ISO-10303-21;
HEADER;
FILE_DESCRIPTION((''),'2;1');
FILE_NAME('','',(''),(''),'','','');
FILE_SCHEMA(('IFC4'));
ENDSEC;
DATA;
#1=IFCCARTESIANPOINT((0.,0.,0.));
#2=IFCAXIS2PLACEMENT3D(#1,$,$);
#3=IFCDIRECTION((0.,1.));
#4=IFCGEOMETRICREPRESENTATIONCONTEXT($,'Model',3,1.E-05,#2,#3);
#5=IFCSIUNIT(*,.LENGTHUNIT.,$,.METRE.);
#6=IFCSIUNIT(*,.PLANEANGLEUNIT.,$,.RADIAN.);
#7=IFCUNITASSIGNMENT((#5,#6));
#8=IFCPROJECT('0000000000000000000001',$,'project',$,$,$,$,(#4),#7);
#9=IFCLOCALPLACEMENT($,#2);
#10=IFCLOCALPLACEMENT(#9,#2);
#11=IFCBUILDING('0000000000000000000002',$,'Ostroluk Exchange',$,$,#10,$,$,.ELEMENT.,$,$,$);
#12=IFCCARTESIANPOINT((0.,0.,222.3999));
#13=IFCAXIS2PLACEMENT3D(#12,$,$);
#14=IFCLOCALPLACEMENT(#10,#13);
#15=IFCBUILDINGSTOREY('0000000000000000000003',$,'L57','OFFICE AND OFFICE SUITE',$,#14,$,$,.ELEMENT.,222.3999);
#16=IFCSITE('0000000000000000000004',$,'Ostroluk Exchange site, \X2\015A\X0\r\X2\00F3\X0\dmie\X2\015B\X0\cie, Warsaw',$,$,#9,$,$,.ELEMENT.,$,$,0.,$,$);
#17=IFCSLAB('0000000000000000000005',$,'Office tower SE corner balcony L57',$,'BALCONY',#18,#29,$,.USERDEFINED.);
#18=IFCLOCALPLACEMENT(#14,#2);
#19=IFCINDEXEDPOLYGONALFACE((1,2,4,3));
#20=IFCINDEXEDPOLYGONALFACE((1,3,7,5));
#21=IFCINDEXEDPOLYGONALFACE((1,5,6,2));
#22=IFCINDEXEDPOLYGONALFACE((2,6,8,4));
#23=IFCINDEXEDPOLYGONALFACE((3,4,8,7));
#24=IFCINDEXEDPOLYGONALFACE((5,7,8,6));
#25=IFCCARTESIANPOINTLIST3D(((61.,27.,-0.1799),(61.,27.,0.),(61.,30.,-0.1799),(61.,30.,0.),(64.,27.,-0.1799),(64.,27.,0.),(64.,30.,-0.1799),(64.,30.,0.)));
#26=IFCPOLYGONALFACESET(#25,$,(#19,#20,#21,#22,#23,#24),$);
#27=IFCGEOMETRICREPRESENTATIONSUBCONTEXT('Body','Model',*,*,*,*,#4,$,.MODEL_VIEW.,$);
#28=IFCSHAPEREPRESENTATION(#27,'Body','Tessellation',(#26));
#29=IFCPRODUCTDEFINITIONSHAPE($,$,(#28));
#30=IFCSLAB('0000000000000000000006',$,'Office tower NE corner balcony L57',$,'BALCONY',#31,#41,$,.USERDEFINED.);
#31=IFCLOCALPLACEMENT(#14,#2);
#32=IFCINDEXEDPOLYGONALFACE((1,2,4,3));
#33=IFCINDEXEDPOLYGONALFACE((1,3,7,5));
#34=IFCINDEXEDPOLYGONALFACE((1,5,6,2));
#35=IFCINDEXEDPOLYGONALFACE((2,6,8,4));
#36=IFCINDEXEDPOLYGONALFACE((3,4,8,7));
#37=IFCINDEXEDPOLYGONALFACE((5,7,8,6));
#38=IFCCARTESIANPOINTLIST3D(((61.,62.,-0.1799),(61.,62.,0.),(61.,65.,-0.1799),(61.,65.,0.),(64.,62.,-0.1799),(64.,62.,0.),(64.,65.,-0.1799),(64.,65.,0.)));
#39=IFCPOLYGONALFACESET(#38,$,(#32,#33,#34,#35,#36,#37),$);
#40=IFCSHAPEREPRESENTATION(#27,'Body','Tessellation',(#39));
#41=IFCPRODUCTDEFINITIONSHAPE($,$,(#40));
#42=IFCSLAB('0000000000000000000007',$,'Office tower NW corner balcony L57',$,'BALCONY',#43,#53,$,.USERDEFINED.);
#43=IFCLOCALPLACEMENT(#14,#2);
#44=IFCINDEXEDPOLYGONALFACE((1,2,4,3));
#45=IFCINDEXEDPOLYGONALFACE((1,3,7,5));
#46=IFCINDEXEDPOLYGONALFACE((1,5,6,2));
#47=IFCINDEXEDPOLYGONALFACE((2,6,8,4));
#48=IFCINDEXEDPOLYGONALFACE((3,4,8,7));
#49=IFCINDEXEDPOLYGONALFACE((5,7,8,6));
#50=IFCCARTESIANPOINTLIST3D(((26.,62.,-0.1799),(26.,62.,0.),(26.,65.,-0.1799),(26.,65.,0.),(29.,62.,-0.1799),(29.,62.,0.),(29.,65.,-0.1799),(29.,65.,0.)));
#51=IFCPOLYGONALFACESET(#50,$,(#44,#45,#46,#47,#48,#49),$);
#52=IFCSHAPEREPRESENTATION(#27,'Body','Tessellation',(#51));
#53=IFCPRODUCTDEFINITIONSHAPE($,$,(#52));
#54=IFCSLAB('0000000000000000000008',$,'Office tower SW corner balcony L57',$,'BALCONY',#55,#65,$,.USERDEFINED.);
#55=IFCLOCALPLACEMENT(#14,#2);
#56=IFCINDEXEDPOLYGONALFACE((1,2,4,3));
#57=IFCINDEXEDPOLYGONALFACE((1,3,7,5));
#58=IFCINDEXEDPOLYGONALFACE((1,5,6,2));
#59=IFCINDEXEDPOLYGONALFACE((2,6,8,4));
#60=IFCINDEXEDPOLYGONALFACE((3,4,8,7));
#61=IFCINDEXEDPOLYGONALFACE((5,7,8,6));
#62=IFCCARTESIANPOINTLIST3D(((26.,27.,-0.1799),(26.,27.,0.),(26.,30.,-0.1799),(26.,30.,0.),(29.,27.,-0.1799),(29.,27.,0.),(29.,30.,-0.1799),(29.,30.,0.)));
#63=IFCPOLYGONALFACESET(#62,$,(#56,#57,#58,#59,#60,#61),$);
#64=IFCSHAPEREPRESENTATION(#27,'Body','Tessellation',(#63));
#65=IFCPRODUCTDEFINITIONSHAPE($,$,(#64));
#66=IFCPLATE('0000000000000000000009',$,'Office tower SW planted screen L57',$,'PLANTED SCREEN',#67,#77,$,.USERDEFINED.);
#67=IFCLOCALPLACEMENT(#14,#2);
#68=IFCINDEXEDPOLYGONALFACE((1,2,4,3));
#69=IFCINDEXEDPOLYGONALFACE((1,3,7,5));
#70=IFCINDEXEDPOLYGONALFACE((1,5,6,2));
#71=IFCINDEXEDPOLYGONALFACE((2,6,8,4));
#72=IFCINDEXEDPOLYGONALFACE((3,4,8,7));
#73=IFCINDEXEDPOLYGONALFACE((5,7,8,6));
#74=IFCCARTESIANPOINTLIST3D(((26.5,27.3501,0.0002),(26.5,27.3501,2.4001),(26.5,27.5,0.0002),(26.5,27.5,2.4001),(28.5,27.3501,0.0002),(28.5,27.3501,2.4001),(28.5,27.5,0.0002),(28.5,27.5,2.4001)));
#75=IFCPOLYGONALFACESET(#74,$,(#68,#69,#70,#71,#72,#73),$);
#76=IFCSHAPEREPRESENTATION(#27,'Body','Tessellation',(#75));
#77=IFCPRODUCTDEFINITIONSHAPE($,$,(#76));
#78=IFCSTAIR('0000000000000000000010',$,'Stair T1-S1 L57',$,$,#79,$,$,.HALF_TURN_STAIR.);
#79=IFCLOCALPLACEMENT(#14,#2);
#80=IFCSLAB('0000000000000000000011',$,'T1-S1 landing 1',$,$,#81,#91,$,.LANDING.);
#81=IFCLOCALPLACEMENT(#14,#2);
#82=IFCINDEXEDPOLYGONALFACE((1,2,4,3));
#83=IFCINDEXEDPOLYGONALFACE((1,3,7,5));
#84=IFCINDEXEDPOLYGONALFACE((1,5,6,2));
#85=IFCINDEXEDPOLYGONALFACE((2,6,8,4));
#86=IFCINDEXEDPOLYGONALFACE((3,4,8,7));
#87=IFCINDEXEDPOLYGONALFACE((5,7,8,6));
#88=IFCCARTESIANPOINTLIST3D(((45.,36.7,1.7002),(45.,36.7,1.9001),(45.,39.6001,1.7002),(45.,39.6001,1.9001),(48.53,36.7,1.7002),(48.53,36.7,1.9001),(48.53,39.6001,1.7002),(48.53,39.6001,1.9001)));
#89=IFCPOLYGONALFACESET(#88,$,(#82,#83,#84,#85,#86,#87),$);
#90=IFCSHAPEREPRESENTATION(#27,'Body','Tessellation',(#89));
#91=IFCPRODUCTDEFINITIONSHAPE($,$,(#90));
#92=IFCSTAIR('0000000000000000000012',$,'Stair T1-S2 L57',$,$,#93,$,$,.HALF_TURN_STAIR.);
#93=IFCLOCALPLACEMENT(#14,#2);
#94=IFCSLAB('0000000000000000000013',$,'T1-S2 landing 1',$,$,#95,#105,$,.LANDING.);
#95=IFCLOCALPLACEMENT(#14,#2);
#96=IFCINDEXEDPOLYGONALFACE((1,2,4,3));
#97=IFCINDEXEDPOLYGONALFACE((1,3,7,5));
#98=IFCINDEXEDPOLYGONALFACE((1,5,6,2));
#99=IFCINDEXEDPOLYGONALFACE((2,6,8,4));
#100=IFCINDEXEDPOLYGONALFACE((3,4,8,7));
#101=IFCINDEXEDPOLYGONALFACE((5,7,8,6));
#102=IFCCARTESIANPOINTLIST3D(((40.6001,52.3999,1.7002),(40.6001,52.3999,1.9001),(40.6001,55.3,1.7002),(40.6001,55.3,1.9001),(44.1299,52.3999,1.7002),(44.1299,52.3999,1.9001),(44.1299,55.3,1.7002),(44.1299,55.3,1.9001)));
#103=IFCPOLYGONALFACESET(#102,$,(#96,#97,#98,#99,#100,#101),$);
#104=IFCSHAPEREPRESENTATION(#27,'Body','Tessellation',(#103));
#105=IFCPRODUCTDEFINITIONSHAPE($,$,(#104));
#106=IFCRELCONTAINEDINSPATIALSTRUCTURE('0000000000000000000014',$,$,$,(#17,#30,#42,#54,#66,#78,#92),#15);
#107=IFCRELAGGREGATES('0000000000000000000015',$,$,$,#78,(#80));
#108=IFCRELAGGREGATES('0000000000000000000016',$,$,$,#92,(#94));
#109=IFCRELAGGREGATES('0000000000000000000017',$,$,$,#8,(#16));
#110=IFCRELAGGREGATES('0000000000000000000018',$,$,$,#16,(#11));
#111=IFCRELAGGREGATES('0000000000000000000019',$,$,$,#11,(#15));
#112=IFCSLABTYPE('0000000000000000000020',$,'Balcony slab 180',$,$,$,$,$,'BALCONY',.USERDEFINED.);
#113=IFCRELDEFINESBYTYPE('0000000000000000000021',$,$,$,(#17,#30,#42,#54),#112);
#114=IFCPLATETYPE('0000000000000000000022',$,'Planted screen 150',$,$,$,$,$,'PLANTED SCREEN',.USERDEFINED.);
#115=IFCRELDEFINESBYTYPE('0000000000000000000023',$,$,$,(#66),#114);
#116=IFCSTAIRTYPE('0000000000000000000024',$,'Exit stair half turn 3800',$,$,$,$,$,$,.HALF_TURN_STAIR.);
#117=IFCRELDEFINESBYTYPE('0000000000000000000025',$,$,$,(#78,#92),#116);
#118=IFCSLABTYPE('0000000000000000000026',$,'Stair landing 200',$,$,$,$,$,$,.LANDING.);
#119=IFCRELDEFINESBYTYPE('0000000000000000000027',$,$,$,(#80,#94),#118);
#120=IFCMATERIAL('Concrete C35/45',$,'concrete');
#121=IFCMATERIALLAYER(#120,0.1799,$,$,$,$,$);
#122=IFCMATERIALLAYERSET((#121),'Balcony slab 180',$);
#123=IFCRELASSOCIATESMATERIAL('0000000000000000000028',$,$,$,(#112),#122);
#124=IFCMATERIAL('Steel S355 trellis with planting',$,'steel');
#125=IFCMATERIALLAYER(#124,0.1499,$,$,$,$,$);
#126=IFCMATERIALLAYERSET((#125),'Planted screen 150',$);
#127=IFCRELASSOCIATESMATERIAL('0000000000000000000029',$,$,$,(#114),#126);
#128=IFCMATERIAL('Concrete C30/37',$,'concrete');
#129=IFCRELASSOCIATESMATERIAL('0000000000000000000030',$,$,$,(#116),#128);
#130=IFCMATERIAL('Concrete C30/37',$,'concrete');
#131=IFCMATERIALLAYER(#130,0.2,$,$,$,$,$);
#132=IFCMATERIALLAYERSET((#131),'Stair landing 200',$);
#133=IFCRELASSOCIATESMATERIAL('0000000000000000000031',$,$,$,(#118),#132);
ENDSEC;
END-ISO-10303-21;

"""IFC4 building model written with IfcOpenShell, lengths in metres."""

from ifc_helpers import new_model, si_unit, direction, frame, origin, origin_2d, place, context, subcontext, project, spatial, polyline, rectangle, outline, extrude, material, layer, layer_set, type_object, element, aggregate, save


model = new_model("IFC4")

# Units and contexts
model_context = context("Model", 3, precision=1e-05, world=origin(), true_north=direction((0.0, 1.0)))
body_context = subcontext(model_context, "Body", "Model", "MODEL_VIEW")
ifc_project = project(units=[si_unit("LENGTHUNIT", "METRE"), si_unit("PLANEANGLEUNIT", "RADIAN")], contexts=[model_context])

# Site, building, storey
site_placement = place(None, origin())
site = spatial("IfcSite", under=ifc_project, at=site_placement, Name="Ostroluk Exchange site, Śródmieście, Warsaw", CompositionType="ELEMENT", RefElevation=0.0)
building_placement = place(site_placement, origin())
building = spatial("IfcBuilding", under=site, at=building_placement, Name="Ostroluk Exchange", CompositionType="ELEMENT")
storey_placement = place(building_placement, frame((0.0, 0.0, 222.3999)))
storey = spatial("IfcBuildingStorey", under=building, at=storey_placement, Name="L57", Description="OFFICE AND OFFICE SUITE", CompositionType="ELEMENT", Elevation=222.3999)

# Slabs
ifc_material_1 = material(Name="Concrete C35/45", Category="concrete")
ifc_layer_1 = layer(ifc_material_1, 0.1799)
ifc_layer_set_1 = layer_set([ifc_layer_1], Name="Balcony slab 180")
slab_type_1 = type_object("IfcSlabType", Name="Balcony slab 180", ElementType="BALCONY", PredefinedType="USERDEFINED", material=ifc_layer_set_1)
slab_1_placement = place(storey_placement, frame((0.0, 0.0, -0.1799)))
element("IfcSlab", 1, at=slab_1_placement, inside=storey, type_object=slab_type_1, Name="Office tower SE corner balcony L57", ObjectType="BALCONY", PredefinedType="USERDEFINED", context=body_context, shape_type="SweptSolid", body=[
    extrude(outline(polyline([(61.0, 27.0), (64.0, 27.0), (64.0, 30.0), (61.0, 30.0), (61.0, 27.0)])), origin(), (0.0, 0.0, 1.0), 0.1799),
])
slab_2_placement = place(storey_placement, frame((0.0, 0.0, -0.1799)))
element("IfcSlab", 2, at=slab_2_placement, inside=storey, type_object=slab_type_1, Name="Office tower NE corner balcony L57", ObjectType="BALCONY", PredefinedType="USERDEFINED", context=body_context, shape_type="SweptSolid", body=[
    extrude(outline(polyline([(61.0, 62.0), (64.0, 62.0), (64.0, 65.0), (61.0, 65.0), (61.0, 62.0)])), origin(), (0.0, 0.0, 1.0), 0.1799),
])
slab_3_placement = place(storey_placement, frame((0.0, 0.0, -0.1799)))
element("IfcSlab", 3, at=slab_3_placement, inside=storey, type_object=slab_type_1, Name="Office tower NW corner balcony L57", ObjectType="BALCONY", PredefinedType="USERDEFINED", context=body_context, shape_type="SweptSolid", body=[
    extrude(outline(polyline([(26.0, 62.0), (29.0, 62.0), (29.0, 65.0), (26.0, 65.0), (26.0, 62.0)])), origin(), (0.0, 0.0, 1.0), 0.1799),
])
slab_4_placement = place(storey_placement, frame((0.0, 0.0, -0.1799)))
element("IfcSlab", 4, at=slab_4_placement, inside=storey, type_object=slab_type_1, Name="Office tower SW corner balcony L57", ObjectType="BALCONY", PredefinedType="USERDEFINED", context=body_context, shape_type="SweptSolid", body=[
    extrude(outline(polyline([(26.0, 27.0), (29.0, 27.0), (29.0, 30.0), (26.0, 30.0), (26.0, 27.0)])), origin(), (0.0, 0.0, 1.0), 0.1799),
])

# Plate
ifc_material_2 = material(Name="Steel S355 trellis with planting", Category="steel")
ifc_layer_2 = layer(ifc_material_2, 0.1499)
ifc_layer_set_2 = layer_set([ifc_layer_2], Name="Planted screen 150")
plate_type_1 = type_object("IfcPlateType", Name="Planted screen 150", ElementType="PLANTED SCREEN", PredefinedType="USERDEFINED", material=ifc_layer_set_2)
plate_1_placement = place(storey_placement, frame((27.5, 27.425, 0.0002), z_axis=(0.0, 0.0, 1.0), x_axis=(1.0, 0.0, 0.0)))
element("IfcPlate", 5, at=plate_1_placement, inside=storey, type_object=plate_type_1, Name="Office tower SW planted screen L57", ObjectType="PLANTED SCREEN", PredefinedType="USERDEFINED", context=body_context, shape_type="SweptSolid", body=[
    extrude(rectangle(XDim=2.0, YDim=0.1499, at=origin_2d()), origin(), (0.0, 0.0, 1.0), 2.3999),
])

# Stairs, slabs
ifc_material_3 = material(Name="Concrete C30/37", Category="concrete")
stair_type = type_object("IfcStairType", Name="Exit stair half turn 3800", PredefinedType="HALF_TURN_STAIR", material=ifc_material_3)
stair_1_placement = place(storey_placement, origin())
stair_1 = element("IfcStair", 6, at=stair_1_placement, inside=storey, type_object=stair_type, Name="Stair T1-S1 L57", PredefinedType="HALF_TURN_STAIR")
ifc_material_4 = material(Name="Concrete C30/37", Category="concrete")
ifc_layer_3 = layer(ifc_material_4, 0.2)
ifc_layer_set_3 = layer_set([ifc_layer_3], Name="Stair landing 200")
slab_type_2 = type_object("IfcSlabType", Name="Stair landing 200", PredefinedType="LANDING", material=ifc_layer_set_3)
slab_5_placement = place(storey_placement, frame((0.0, 0.0, 1.7002)))
slab_5 = element("IfcSlab", 7, at=slab_5_placement, type_object=slab_type_2, Name="T1-S1 landing 1", PredefinedType="LANDING", context=body_context, shape_type="SweptSolid", body=[
    extrude(outline(polyline([(45.0, 36.7), (45.0, 39.6001), (48.53, 39.6001), (48.53, 36.7), (45.0, 36.7)])), origin(), (0.0, 0.0, 1.0), 0.2),
])
aggregate(stair_1, [slab_5])
stair_2_placement = place(storey_placement, origin())
stair_2 = element("IfcStair", 8, at=stair_2_placement, inside=storey, type_object=stair_type, Name="Stair T1-S2 L57", PredefinedType="HALF_TURN_STAIR")
slab_6_placement = place(storey_placement, frame((0.0, 0.0, 1.7002)))
slab_6 = element("IfcSlab", 9, at=slab_6_placement, type_object=slab_type_2, Name="T1-S2 landing 1", PredefinedType="LANDING", context=body_context, shape_type="SweptSolid", body=[
    extrude(outline(polyline([(44.1299, 52.3999), (44.1299, 55.3), (40.6001, 55.3), (40.6001, 52.3999), (44.1299, 52.3999)])), origin(), (0.0, 0.0, 1.0), 0.2),
])
aggregate(stair_2, [slab_6])

save(model, "model.ifc")
